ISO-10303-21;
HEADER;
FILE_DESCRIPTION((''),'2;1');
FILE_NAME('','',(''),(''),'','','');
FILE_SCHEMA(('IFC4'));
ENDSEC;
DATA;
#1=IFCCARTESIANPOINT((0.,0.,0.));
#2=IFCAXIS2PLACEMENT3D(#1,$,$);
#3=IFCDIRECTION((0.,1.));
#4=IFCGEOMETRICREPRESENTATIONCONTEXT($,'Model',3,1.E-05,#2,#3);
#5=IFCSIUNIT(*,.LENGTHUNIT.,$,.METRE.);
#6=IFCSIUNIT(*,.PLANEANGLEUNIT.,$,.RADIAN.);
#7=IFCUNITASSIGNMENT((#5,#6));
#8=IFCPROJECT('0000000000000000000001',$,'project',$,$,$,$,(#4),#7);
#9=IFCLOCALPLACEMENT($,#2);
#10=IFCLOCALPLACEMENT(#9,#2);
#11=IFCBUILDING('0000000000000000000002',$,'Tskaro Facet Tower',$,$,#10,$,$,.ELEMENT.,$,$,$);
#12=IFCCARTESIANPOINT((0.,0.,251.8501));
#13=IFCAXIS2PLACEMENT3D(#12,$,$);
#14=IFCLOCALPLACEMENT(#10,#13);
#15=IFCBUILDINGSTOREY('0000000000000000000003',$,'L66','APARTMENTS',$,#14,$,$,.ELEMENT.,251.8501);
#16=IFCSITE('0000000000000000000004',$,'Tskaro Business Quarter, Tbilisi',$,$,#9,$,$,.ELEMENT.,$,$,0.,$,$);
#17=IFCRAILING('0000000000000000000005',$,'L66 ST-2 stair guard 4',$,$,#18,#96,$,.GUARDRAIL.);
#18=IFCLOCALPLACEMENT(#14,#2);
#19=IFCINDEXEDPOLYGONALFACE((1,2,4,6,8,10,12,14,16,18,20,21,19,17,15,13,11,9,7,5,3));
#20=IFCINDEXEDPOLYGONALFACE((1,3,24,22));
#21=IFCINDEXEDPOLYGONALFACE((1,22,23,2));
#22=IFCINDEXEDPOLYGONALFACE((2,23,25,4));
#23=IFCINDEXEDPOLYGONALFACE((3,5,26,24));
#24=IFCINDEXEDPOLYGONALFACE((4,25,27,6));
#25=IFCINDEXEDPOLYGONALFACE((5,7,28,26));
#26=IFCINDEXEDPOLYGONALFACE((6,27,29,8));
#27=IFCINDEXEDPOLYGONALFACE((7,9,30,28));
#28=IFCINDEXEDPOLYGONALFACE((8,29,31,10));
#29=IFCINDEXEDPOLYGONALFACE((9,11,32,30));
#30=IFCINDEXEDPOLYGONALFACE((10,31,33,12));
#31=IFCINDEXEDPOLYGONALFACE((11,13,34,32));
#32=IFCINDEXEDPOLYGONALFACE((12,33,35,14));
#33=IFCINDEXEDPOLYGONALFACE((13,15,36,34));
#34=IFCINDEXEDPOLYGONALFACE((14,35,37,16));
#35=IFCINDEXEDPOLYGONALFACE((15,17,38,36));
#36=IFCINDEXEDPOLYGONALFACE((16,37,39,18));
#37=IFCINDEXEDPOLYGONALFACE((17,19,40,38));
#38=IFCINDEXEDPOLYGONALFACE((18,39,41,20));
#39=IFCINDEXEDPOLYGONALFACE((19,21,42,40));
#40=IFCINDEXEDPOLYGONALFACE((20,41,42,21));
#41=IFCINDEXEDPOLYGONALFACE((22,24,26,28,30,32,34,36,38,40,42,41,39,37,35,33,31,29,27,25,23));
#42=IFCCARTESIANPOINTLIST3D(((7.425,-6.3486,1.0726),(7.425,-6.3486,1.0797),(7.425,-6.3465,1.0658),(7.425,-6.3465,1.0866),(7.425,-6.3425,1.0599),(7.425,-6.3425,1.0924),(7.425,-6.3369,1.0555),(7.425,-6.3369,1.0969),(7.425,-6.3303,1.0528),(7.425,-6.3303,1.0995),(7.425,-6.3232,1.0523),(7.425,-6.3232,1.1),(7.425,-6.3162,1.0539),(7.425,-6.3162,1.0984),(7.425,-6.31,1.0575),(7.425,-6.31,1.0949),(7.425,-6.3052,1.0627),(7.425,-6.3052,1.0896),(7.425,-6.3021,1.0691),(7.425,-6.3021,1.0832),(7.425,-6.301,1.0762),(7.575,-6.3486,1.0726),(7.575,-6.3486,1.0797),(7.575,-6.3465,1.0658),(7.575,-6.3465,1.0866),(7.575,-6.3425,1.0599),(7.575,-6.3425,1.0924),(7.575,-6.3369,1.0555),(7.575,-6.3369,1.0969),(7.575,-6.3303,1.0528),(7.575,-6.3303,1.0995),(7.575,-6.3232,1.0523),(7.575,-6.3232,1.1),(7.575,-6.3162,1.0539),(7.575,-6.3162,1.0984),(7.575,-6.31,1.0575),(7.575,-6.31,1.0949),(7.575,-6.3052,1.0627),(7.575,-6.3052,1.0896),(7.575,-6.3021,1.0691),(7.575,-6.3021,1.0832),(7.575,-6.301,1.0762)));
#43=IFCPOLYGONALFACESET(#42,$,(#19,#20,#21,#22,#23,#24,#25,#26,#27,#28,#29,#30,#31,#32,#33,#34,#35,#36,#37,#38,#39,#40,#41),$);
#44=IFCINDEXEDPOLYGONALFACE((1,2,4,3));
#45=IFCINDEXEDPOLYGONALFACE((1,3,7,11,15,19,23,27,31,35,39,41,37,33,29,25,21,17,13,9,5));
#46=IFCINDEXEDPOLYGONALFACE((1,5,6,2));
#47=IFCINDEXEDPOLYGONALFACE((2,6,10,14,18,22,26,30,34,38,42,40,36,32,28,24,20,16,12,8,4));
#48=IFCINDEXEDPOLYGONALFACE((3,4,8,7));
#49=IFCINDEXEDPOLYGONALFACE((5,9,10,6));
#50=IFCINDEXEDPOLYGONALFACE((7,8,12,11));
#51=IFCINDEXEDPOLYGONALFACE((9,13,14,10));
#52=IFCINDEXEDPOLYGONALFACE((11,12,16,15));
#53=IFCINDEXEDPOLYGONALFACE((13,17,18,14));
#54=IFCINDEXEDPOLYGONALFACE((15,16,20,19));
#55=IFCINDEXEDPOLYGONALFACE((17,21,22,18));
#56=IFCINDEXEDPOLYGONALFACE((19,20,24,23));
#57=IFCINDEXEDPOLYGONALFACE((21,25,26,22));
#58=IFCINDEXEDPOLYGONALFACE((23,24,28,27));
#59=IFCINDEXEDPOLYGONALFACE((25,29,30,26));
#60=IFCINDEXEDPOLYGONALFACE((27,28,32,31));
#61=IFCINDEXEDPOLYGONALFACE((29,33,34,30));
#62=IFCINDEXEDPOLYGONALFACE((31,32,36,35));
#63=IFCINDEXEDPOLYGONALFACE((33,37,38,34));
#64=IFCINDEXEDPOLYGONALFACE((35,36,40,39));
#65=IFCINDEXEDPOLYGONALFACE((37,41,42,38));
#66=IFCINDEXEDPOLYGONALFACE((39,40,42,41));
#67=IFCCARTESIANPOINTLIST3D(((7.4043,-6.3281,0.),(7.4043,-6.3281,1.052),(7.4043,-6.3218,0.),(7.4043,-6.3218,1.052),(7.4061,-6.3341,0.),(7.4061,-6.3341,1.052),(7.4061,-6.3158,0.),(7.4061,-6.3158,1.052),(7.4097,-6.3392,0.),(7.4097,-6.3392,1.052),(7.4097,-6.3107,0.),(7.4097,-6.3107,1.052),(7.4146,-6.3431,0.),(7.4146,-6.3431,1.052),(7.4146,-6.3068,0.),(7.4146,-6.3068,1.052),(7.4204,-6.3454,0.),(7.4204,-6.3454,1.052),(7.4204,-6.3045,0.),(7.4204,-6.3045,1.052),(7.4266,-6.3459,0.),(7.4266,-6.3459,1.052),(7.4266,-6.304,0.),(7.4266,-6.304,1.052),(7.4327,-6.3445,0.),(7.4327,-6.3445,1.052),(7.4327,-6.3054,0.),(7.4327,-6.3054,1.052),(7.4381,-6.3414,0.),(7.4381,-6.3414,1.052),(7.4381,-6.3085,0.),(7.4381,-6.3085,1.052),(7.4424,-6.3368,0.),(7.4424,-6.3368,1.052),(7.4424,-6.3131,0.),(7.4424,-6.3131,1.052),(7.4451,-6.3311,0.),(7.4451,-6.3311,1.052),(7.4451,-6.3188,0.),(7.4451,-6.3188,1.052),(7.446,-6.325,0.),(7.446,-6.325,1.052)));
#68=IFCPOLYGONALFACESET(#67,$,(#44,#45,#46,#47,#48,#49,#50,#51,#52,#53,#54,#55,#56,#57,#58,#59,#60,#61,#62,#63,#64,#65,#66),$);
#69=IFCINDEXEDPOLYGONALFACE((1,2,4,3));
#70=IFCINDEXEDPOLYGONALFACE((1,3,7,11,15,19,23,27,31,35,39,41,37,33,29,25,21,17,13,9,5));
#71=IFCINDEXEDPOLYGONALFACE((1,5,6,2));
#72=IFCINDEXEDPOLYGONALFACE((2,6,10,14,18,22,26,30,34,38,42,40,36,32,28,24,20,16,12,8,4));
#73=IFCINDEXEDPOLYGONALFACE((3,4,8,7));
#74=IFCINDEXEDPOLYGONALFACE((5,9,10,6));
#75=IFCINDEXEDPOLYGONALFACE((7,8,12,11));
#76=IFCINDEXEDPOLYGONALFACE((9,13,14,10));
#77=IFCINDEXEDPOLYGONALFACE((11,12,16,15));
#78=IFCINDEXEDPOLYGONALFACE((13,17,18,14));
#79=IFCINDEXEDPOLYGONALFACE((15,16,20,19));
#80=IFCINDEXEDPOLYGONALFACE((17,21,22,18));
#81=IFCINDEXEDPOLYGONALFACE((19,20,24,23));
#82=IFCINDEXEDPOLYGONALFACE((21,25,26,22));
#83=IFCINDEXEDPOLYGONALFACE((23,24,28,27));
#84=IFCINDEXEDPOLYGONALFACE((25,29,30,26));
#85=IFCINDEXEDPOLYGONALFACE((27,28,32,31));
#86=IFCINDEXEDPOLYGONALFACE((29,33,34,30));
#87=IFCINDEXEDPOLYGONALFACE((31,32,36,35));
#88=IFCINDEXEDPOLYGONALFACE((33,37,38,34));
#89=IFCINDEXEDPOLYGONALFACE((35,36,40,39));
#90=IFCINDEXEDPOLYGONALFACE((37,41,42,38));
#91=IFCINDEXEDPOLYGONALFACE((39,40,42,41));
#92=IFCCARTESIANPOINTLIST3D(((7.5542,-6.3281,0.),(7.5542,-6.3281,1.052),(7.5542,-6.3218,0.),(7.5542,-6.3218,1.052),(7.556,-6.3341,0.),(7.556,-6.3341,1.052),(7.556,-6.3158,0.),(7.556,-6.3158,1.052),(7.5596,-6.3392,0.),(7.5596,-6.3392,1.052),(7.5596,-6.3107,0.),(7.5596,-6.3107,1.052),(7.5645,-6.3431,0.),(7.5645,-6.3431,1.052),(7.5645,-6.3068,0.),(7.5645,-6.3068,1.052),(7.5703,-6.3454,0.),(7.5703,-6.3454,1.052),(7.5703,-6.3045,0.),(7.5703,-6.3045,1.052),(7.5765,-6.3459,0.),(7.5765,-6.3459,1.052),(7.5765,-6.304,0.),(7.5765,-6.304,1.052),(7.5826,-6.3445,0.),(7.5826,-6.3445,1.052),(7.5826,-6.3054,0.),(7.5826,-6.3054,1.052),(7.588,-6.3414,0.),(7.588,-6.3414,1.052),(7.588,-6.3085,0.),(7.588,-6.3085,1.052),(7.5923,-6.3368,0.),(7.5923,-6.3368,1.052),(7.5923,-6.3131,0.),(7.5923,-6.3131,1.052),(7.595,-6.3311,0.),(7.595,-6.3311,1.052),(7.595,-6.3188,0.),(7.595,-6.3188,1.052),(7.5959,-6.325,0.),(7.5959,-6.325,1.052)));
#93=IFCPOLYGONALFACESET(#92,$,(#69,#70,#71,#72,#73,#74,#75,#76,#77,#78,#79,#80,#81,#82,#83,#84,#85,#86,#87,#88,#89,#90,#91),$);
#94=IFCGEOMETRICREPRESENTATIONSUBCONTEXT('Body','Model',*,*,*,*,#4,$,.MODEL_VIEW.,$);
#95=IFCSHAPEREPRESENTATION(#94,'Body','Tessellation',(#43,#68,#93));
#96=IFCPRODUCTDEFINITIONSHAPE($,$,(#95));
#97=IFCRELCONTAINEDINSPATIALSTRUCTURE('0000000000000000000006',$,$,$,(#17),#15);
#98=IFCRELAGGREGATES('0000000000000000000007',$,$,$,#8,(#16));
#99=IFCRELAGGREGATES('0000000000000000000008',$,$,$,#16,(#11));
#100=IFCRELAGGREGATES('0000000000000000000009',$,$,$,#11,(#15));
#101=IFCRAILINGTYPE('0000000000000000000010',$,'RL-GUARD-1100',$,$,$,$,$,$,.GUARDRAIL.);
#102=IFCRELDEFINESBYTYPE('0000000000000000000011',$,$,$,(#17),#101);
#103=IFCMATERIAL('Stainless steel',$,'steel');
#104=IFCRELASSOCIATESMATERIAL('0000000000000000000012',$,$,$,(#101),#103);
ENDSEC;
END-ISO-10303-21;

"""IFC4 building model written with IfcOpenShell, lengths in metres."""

from ifc_helpers import new_model, si_unit, direction, frame, origin, origin_2d, place, context, subcontext, project, spatial, circle, extrude, material, type_object, element, save


model = new_model("IFC4")

# Units and contexts
model_context = context("Model", 3, precision=1e-05, world=origin(), true_north=direction((0.0, 1.0)))
body_context = subcontext(model_context, "Body", "Model", "MODEL_VIEW")
ifc_project = project(units=[si_unit("LENGTHUNIT", "METRE"), si_unit("PLANEANGLEUNIT", "RADIAN")], contexts=[model_context])

# Site, building, storey
site_placement = place(None, origin())
site = spatial("IfcSite", under=ifc_project, at=site_placement, Name="Tskaro Business Quarter, Tbilisi", CompositionType="ELEMENT", RefElevation=0.0)
building_placement = place(site_placement, origin())
building = spatial("IfcBuilding", under=site, at=building_placement, Name="Tskaro Facet Tower", CompositionType="ELEMENT")
storey_placement = place(building_placement, frame((0.0, 0.0, 251.8501)))
storey = spatial("IfcBuildingStorey", under=building, at=storey_placement, Name="L66", Description="APARTMENTS", CompositionType="ELEMENT", Elevation=251.8501)

# Railing
ifc_material_1 = material(Name="Stainless steel", Category="steel")
railing_type_1 = type_object("IfcRailingType", Name="RL-GUARD-1100", PredefinedType="GUARDRAIL", material=ifc_material_1)
railing_1_placement = place(storey_placement, frame((7.425, -6.325, 0.0)))
element("IfcRailing", 1, at=railing_1_placement, inside=storey, type_object=railing_type_1, Name="L66 ST-2 stair guard 4", PredefinedType="GUARDRAIL", context=body_context, shape_type="SweptSolid", body=[
    extrude(circle(Radius=0.0239, at=origin_2d()), frame((0.0, 0.0, 1.0762), z_axis=(1.0, 0.0, 0.0), x_axis=(0.0, 1.0, 0.0)), (0.0, 0.0, 1.0), 0.1499),
    extrude(circle(Radius=0.021, at=origin_2d()), origin(), (0.0, 0.0, 1.0), 1.052),
    extrude(circle(Radius=0.021, at=origin_2d()), frame((0.1499, 0.0, 0.0)), (0.0, 0.0, 1.0), 1.052),
])

save(model, "model.ifc")
